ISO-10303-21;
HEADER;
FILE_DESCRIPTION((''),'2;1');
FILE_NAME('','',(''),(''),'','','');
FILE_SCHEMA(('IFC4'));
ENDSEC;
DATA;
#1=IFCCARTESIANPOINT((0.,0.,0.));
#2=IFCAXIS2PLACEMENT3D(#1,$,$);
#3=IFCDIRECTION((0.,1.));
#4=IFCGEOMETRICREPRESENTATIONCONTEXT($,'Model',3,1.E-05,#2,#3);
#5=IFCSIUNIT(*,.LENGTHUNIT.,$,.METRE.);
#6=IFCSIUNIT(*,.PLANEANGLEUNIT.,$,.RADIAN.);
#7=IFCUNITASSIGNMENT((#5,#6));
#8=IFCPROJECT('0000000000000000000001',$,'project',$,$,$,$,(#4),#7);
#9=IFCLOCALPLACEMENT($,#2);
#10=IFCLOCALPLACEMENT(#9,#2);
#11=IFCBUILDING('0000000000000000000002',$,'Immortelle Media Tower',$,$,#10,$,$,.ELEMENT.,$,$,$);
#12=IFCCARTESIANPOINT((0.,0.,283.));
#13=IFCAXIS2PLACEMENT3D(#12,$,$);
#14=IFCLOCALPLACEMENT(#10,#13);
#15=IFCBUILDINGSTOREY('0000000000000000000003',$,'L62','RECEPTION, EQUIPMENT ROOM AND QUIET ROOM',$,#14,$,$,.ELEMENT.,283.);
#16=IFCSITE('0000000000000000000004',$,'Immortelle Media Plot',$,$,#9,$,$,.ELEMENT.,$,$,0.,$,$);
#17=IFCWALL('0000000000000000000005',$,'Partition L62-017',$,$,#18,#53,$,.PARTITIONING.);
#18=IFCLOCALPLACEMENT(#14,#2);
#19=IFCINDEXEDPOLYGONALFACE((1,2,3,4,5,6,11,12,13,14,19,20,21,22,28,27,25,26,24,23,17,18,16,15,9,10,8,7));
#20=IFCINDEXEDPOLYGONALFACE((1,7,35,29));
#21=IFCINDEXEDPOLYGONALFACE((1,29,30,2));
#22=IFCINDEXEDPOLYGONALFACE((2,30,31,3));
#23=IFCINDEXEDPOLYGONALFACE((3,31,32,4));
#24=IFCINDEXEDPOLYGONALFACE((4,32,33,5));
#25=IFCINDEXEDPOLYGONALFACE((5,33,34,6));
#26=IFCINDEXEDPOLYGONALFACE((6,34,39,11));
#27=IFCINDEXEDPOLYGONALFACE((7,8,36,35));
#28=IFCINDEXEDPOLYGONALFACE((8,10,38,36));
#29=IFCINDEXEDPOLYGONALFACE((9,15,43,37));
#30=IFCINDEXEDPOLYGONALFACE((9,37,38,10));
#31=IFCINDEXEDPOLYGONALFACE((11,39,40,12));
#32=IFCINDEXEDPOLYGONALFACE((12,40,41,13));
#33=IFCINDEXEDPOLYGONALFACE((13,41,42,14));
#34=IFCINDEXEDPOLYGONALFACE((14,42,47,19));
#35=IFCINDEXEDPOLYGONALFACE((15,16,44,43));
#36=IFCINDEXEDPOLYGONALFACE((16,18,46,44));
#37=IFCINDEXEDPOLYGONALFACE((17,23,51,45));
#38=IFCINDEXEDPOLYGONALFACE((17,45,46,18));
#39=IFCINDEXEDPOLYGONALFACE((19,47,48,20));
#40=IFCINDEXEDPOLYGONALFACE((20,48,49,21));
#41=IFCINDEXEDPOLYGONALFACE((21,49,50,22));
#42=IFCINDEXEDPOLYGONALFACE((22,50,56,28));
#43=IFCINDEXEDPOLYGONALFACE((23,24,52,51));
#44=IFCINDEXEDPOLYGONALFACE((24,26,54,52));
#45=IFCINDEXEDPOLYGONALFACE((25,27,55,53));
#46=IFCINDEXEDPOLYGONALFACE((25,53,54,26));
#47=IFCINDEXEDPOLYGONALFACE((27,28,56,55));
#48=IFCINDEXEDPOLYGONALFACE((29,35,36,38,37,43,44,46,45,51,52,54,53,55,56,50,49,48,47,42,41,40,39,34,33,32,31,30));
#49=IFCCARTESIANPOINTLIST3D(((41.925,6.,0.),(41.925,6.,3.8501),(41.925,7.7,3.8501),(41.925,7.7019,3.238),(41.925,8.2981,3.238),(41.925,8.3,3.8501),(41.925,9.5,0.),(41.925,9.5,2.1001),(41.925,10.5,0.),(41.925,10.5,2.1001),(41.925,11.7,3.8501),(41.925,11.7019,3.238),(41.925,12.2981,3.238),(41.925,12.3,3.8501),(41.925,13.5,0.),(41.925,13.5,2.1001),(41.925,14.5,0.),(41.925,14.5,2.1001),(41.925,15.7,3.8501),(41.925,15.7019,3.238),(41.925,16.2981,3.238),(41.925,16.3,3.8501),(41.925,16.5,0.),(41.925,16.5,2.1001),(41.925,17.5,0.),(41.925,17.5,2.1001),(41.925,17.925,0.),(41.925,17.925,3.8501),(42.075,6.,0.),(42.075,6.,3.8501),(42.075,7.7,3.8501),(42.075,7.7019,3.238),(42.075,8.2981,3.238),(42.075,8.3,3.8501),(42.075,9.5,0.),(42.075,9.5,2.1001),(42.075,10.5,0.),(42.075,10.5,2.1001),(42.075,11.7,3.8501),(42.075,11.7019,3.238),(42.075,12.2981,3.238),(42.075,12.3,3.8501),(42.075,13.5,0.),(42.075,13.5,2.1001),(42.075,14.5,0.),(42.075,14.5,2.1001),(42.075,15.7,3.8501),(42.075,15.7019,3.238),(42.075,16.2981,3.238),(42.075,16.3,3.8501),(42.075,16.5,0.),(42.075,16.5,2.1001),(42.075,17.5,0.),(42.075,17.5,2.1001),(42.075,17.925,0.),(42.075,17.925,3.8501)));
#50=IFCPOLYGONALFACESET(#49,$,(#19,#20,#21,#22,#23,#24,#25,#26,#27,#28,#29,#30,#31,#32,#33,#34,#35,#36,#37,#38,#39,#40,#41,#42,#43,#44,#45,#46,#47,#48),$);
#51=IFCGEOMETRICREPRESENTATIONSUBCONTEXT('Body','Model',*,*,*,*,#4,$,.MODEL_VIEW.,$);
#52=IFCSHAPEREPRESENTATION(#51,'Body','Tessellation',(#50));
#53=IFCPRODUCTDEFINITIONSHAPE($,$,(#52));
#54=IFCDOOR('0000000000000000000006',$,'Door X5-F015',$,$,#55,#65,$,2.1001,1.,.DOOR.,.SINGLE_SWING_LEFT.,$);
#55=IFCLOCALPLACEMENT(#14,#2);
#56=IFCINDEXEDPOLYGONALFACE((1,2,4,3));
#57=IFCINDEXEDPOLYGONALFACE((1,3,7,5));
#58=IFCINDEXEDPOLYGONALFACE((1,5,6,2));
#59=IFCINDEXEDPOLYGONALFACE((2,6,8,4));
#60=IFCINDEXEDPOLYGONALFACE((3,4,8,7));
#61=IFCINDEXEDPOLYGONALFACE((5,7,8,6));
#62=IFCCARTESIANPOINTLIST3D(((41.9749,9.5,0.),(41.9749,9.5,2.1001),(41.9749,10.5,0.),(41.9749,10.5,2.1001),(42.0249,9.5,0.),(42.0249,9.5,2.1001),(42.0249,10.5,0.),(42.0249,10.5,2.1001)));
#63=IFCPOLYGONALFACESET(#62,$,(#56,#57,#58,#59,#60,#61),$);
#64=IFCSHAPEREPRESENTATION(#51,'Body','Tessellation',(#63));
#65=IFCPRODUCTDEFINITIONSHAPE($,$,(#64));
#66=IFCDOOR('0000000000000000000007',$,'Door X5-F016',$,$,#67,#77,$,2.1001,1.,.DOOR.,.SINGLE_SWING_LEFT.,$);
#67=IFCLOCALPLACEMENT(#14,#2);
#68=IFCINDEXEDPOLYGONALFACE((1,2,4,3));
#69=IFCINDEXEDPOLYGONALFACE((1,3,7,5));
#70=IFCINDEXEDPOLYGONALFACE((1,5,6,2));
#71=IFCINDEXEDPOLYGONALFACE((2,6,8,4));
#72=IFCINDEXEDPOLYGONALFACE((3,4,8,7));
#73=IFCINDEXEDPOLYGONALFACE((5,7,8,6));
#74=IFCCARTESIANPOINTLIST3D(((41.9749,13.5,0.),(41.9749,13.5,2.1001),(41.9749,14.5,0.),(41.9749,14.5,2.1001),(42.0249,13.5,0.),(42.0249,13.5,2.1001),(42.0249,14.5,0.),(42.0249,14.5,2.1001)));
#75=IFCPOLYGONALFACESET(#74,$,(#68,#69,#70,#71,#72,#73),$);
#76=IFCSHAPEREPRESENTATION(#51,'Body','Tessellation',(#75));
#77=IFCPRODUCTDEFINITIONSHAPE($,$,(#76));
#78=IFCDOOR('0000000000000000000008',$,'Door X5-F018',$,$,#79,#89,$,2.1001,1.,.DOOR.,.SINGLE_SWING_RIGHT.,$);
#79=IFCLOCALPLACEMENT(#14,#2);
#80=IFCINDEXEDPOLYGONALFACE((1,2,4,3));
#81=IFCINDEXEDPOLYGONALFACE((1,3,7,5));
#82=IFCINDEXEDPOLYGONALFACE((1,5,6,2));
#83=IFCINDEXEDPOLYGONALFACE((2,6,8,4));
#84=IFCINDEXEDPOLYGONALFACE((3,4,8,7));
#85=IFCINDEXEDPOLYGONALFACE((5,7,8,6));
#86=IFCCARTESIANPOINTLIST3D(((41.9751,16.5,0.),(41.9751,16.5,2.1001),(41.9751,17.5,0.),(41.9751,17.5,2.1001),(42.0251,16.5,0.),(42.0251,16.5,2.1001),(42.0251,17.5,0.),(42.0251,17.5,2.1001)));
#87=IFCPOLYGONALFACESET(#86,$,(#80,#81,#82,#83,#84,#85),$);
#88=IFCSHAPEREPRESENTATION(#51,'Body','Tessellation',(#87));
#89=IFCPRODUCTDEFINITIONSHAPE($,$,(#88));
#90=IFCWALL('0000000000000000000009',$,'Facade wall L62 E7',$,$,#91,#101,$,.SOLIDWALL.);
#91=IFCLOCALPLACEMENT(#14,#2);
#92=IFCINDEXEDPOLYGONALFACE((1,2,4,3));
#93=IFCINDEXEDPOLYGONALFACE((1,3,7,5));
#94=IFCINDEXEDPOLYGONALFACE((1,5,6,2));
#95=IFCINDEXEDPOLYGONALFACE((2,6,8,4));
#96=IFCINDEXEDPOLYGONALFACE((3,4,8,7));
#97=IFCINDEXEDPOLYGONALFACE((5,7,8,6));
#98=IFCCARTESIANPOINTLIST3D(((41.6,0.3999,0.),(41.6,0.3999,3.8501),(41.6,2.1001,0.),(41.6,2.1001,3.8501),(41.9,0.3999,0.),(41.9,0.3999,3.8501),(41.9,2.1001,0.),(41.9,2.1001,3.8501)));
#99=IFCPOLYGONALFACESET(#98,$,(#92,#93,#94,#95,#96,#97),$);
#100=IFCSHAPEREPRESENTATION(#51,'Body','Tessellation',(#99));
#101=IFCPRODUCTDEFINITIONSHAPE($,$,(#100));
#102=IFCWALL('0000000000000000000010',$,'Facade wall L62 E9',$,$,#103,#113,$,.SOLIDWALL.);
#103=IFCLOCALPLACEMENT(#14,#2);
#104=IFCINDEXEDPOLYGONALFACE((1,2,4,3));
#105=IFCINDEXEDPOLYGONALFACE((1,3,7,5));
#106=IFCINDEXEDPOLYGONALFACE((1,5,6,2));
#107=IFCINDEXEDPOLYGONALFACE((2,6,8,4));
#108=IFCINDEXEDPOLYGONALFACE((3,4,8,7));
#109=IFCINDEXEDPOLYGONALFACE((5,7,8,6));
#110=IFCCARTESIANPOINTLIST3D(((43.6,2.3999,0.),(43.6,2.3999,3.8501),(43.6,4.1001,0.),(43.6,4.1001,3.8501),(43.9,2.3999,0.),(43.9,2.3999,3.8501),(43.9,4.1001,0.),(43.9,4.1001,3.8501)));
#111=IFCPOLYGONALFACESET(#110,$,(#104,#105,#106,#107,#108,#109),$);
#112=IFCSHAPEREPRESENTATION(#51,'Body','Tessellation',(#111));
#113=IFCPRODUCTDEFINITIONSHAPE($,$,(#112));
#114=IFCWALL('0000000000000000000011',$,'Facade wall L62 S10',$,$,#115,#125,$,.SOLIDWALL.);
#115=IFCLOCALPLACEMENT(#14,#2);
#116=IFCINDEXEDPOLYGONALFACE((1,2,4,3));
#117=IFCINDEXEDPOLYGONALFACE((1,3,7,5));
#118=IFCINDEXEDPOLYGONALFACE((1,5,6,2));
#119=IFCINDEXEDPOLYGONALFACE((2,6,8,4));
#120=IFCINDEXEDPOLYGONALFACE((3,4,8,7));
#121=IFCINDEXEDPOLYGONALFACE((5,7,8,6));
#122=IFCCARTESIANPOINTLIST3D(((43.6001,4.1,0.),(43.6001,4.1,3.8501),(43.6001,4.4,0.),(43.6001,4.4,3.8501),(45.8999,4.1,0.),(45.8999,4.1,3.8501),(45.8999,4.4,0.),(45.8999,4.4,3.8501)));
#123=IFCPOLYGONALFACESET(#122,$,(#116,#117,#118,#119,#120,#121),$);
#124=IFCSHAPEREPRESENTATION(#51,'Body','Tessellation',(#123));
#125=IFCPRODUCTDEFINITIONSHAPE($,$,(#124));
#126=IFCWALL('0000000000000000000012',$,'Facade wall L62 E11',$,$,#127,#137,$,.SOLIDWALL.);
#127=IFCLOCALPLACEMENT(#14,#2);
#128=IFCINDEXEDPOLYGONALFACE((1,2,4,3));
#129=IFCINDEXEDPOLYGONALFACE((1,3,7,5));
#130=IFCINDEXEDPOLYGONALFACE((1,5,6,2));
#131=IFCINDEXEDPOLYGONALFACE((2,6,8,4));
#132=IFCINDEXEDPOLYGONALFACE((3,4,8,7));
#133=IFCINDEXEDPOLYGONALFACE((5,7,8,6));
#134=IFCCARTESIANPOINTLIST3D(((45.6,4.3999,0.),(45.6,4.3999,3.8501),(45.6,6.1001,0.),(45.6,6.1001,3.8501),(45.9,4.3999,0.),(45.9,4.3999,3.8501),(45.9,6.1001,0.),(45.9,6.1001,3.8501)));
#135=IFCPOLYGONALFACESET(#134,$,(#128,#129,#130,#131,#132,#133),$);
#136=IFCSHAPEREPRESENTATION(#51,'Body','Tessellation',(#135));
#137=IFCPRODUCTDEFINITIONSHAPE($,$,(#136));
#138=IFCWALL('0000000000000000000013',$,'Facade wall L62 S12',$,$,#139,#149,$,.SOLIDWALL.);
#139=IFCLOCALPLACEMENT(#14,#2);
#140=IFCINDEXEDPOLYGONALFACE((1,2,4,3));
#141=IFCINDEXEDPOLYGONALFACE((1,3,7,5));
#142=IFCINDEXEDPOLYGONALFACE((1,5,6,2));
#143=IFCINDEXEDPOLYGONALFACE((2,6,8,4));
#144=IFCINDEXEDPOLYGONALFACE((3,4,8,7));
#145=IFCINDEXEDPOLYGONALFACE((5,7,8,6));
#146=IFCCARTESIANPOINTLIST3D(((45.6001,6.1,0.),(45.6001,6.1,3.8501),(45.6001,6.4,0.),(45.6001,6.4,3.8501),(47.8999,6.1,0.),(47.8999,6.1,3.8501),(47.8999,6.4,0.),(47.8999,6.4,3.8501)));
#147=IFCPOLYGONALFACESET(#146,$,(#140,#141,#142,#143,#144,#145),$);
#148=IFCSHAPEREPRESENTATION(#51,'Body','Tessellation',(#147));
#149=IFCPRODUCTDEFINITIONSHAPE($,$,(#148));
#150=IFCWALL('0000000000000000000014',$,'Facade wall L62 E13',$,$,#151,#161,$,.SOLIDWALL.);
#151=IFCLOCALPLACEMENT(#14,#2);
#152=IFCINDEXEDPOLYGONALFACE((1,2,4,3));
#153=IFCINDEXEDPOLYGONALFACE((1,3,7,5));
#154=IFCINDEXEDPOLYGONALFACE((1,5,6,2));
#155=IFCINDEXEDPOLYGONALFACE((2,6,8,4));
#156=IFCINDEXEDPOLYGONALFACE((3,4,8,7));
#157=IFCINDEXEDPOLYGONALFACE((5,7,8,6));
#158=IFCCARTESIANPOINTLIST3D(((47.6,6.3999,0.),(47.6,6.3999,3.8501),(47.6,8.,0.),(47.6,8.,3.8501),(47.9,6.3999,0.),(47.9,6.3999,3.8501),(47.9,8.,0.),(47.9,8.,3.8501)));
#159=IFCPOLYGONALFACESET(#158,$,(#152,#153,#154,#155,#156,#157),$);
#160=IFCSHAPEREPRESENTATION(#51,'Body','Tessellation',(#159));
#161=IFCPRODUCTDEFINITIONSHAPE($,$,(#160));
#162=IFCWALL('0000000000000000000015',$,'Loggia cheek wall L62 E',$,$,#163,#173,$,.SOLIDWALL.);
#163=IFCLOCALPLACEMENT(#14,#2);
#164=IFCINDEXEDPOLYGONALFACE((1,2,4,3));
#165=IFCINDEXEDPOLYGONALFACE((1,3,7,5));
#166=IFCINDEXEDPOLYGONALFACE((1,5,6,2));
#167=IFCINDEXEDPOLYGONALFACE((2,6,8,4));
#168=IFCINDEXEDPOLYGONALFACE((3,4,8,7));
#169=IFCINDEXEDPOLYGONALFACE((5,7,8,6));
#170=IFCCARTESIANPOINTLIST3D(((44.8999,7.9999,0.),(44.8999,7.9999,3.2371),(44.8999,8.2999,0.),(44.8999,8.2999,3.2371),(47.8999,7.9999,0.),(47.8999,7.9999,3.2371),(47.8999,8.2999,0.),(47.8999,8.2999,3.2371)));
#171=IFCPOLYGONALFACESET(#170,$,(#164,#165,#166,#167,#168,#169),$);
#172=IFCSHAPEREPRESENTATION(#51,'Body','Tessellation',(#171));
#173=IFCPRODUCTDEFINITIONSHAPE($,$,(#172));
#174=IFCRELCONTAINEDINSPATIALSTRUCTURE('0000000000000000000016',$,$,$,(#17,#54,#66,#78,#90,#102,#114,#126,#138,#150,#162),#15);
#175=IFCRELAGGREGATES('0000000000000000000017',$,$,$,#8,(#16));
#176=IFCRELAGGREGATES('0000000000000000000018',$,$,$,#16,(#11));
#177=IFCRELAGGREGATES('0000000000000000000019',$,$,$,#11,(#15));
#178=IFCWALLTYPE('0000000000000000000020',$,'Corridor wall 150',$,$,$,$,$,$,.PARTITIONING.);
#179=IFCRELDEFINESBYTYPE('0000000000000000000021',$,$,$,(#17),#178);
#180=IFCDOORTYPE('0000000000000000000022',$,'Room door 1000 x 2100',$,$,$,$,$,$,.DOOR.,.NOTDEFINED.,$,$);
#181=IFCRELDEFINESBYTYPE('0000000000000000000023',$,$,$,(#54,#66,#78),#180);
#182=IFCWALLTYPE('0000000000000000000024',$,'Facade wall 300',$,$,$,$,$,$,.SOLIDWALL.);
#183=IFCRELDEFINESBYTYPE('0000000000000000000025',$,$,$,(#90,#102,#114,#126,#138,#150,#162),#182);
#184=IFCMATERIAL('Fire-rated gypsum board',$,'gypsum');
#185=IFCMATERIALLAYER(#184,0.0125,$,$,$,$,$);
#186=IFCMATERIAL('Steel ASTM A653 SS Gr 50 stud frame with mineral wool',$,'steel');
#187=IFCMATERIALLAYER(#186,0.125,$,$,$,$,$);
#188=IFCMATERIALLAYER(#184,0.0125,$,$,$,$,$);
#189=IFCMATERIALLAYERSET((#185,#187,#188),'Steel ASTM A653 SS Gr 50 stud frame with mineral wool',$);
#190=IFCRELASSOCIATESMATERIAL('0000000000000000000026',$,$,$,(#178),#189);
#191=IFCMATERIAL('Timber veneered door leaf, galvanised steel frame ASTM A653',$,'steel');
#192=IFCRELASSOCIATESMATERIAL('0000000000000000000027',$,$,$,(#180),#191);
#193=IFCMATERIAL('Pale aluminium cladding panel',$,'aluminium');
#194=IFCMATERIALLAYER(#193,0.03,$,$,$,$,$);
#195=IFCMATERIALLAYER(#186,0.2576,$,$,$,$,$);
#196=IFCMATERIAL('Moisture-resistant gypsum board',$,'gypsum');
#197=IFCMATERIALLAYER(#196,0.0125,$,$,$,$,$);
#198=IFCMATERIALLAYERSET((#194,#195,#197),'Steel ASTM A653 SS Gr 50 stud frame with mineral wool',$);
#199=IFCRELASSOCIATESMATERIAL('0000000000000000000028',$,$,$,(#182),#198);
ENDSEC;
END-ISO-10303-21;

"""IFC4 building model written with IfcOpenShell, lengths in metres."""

from ifc_helpers import new_model, si_unit, direction, frame, frame_2d, origin, place, context, subcontext, project, spatial, polyline, rectangle, outline, extrude, material, layer, layer_set, type_object, element, fill, save


model = new_model("IFC4")

# Units and contexts
model_context = context("Model", 3, precision=1e-05, world=origin(), true_north=direction((0.0, 1.0)))
body_context = subcontext(model_context, "Body", "Model", "MODEL_VIEW")
ifc_project = project(units=[si_unit("LENGTHUNIT", "METRE"), si_unit("PLANEANGLEUNIT", "RADIAN")], contexts=[model_context])

# Site, building, storey
site_placement = place(None, origin())
site = spatial("IfcSite", under=ifc_project, at=site_placement, Name="Immortelle Media Plot", CompositionType="ELEMENT", RefElevation=0.0)
building_placement = place(site_placement, origin())
building = spatial("IfcBuilding", under=site, at=building_placement, Name="Immortelle Media Tower", CompositionType="ELEMENT")
storey_placement = place(building_placement, frame((0.0, 0.0, 283.0)))
storey = spatial("IfcBuildingStorey", under=building, at=storey_placement, Name="L62", Description="RECEPTION, EQUIPMENT ROOM AND QUIET ROOM", CompositionType="ELEMENT", Elevation=283.0)

# Wall, openings, doors
ifc_material_1 = material(Name="Fire-rated gypsum board", Category="gypsum")
ifc_layer_1 = layer(ifc_material_1, 0.0125)
ifc_material_2 = material(Name="Steel ASTM A653 SS Gr 50 stud frame with mineral wool", Category="steel")
ifc_layer_2 = layer(ifc_material_2, 0.125)
ifc_layer_3 = layer(ifc_material_1, 0.0125)
ifc_layer_set_1 = layer_set([ifc_layer_1, ifc_layer_2, ifc_layer_3], Name="Steel ASTM A653 SS Gr 50 stud frame with mineral wool")
wall_type_1 = type_object("IfcWallType", Name="Corridor wall 150", PredefinedType="PARTITIONING", material=ifc_layer_set_1)
wall_1_placement = place(storey_placement, frame((42.0, 6.0, 0.0), z_axis=(0.0, 0.0, 1.0), x_axis=(0.0, 1.0, 0.0)))
wall_1 = element("IfcWall", 1, at=wall_1_placement, inside=storey, type_object=wall_type_1, Name="Partition L62-017", PredefinedType="PARTITIONING", context=body_context, shape_type="SweptSolid", body=[
    extrude(outline(polyline([(0.0, 0.0), (11.925, 0.0), (11.925, 3.8501), (10.3, 3.8501), (10.2981, 3.238), (9.7019, 3.238), (9.7, 3.8501), (6.3, 3.8501), (6.2981, 3.238), (5.7019, 3.238), (5.7, 3.8501), (2.3, 3.8501), (2.2981, 3.238), (1.7019, 3.238), (1.7, 3.8501), (0.0, 3.8501), (0.0, 0.0)])), frame((0.0, 0.075, 0.0), z_axis=(0.0, -1.0, 0.0), x_axis=(1.0, 0.0, 0.0)), (0.0, 0.0, 1.0), 0.1499),
])
opening_1_placement = place(wall_1_placement, frame((4.5, 0.0, 0.0), z_axis=(0.0, 0.0, 1.0), x_axis=(-1.0, 0.0, 0.0)))
opening_1 = element("IfcOpeningElement", 2, at=opening_1_placement, cuts=wall_1, PredefinedType="OPENING", context=body_context, shape_type="SweptSolid", body=[
    extrude(rectangle(XDim=1.0, YDim=2.1001, at=frame_2d((0.5, 1.05))), frame((0.0, 0.085, 0.0), z_axis=(0.0, -1.0, 0.0), x_axis=(1.0, 0.0, 0.0)), (0.0, 0.0, 1.0), 0.1699),
])
opening_2_placement = place(wall_1_placement, frame((8.5, 0.0, 0.0), z_axis=(0.0, 0.0, 1.0), x_axis=(-1.0, 0.0, 0.0)))
opening_2 = element("IfcOpeningElement", 3, at=opening_2_placement, cuts=wall_1, PredefinedType="OPENING", context=body_context, shape_type="SweptSolid", body=[
    extrude(rectangle(XDim=1.0, YDim=2.1001, at=frame_2d((0.5, 1.05))), frame((0.0, 0.085, 0.0), z_axis=(0.0, -1.0, 0.0), x_axis=(1.0, 0.0, 0.0)), (0.0, 0.0, 1.0), 0.1699),
])
opening_3_placement = place(wall_1_placement, frame((10.5, 0.0, 0.0)))
opening_3 = element("IfcOpeningElement", 4, at=opening_3_placement, cuts=wall_1, PredefinedType="OPENING", context=body_context, shape_type="SweptSolid", body=[
    extrude(rectangle(XDim=1.0, YDim=2.1001, at=frame_2d((0.5, 1.05))), frame((0.0, 0.085, 0.0), z_axis=(0.0, -1.0, 0.0), x_axis=(1.0, 0.0, 0.0)), (0.0, 0.0, 1.0), 0.1699),
])
ifc_material_3 = material(Name="Timber veneered door leaf, galvanised steel frame ASTM A653", Category="steel")
door_type_1 = type_object("IfcDoorType", Name="Room door 1000 x 2100", OperationType="NOTDEFINED", PredefinedType="DOOR", material=ifc_material_3)
door_1_placement = place(opening_1_placement, origin())
door_1 = element("IfcDoor", 5, at=door_1_placement, inside=storey, type_object=door_type_1, Name="Door X5-F015", OperationType="SINGLE_SWING_LEFT", OverallHeight=2.1001, OverallWidth=1.0, PredefinedType="DOOR", context=body_context, shape_type="SweptSolid", body=[
    extrude(rectangle(XDim=1.0, YDim=2.1001, at=frame_2d((0.5, 1.05))), frame((0.0, 0.0249, 0.0), z_axis=(0.0, -1.0, 0.0), x_axis=(1.0, 0.0, 0.0)), (0.0, 0.0, 1.0), 0.05),
])
fill(opening_1, door_1)
door_2_placement = place(opening_2_placement, origin())
door_2 = element("IfcDoor", 6, at=door_2_placement, inside=storey, type_object=door_type_1, Name="Door X5-F016", OperationType="SINGLE_SWING_LEFT", OverallHeight=2.1001, OverallWidth=1.0, PredefinedType="DOOR", context=body_context, shape_type="SweptSolid", body=[
    extrude(rectangle(XDim=1.0, YDim=2.1001, at=frame_2d((0.5, 1.05))), frame((0.0, 0.0249, 0.0), z_axis=(0.0, -1.0, 0.0), x_axis=(1.0, 0.0, 0.0)), (0.0, 0.0, 1.0), 0.05),
])
fill(opening_2, door_2)
door_3_placement = place(opening_3_placement, origin())
door_3 = element("IfcDoor", 7, at=door_3_placement, inside=storey, type_object=door_type_1, Name="Door X5-F018", OperationType="SINGLE_SWING_RIGHT", OverallHeight=2.1001, OverallWidth=1.0, PredefinedType="DOOR", context=body_context, shape_type="SweptSolid", body=[
    extrude(rectangle(XDim=1.0, YDim=2.1001, at=frame_2d((0.5, 1.05))), frame((0.0, 0.0249, 0.0), z_axis=(0.0, -1.0, 0.0), x_axis=(1.0, 0.0, 0.0)), (0.0, 0.0, 1.0), 0.05),
])
fill(opening_3, door_3)

# Walls
ifc_material_4 = material(Name="Pale aluminium cladding panel", Category="aluminium")
ifc_layer_4 = layer(ifc_material_4, 0.03)
ifc_layer_5 = layer(ifc_material_2, 0.2576)
ifc_material_5 = material(Name="Moisture-resistant gypsum board", Category="gypsum")
ifc_layer_6 = layer(ifc_material_5, 0.0125)
ifc_layer_set_2 = layer_set([ifc_layer_4, ifc_layer_5, ifc_layer_6], Name="Steel ASTM A653 SS Gr 50 stud frame with mineral wool")
wall_type_2 = type_object("IfcWallType", Name="Facade wall 300", PredefinedType="SOLIDWALL", material=ifc_layer_set_2)
for number, where, z_axis, x_axis, name in (
    (8, (41.75, 0.3999, 0.0), (0.0, 0.0, 1.0), (0.0, 1.0, 0.0), "Facade wall L62 E7"),
    (9, (43.75, 2.3999, 0.0), (0.0, 0.0, 1.0), (0.0, 1.0, 0.0), "Facade wall L62 E9"),
):
    element("IfcWall", number, at=place(storey_placement, frame(where, z_axis=z_axis, x_axis=x_axis)), inside=storey, type_object=wall_type_2, Name=name, PredefinedType="SOLIDWALL", context=body_context, shape_type="SweptSolid", body=[
        extrude(rectangle(XDim=1.7002, YDim=0.3, at=frame_2d((0.8501, 0.0))), origin(), (0.0, 0.0, 1.0), 3.8501),
    ])
wall_2_placement = place(storey_placement, frame((43.6001, 4.25, 0.0), z_axis=(0.0, 0.0, 1.0), x_axis=(1.0, 0.0, 0.0)))
element("IfcWall", 10, at=wall_2_placement, inside=storey, type_object=wall_type_2, Name="Facade wall L62 S10", PredefinedType="SOLIDWALL", context=body_context, shape_type="SweptSolid", body=[
    extrude(rectangle(XDim=2.2998, YDim=0.3, at=frame_2d((1.1499, 0.0))), origin(), (0.0, 0.0, 1.0), 3.8501),
])
wall_3_placement = place(storey_placement, frame((45.75, 4.3999, 0.0), z_axis=(0.0, 0.0, 1.0), x_axis=(0.0, 1.0, 0.0)))
element("IfcWall", 11, at=wall_3_placement, inside=storey, type_object=wall_type_2, Name="Facade wall L62 E11", PredefinedType="SOLIDWALL", context=body_context, shape_type="SweptSolid", body=[
    extrude(rectangle(XDim=1.7002, YDim=0.3, at=frame_2d((0.8501, 0.0))), origin(), (0.0, 0.0, 1.0), 3.8501),
])
wall_4_placement = place(storey_placement, frame((45.6001, 6.25, 0.0), z_axis=(0.0, 0.0, 1.0), x_axis=(1.0, 0.0, 0.0)))
element("IfcWall", 12, at=wall_4_placement, inside=storey, type_object=wall_type_2, Name="Facade wall L62 S12", PredefinedType="SOLIDWALL", context=body_context, shape_type="SweptSolid", body=[
    extrude(rectangle(XDim=2.2998, YDim=0.3, at=frame_2d((1.1499, 0.0))), origin(), (0.0, 0.0, 1.0), 3.8501),
])
wall_5_placement = place(storey_placement, frame((47.75, 6.3999, 0.0), z_axis=(0.0, 0.0, 1.0), x_axis=(0.0, 1.0, 0.0)))
element("IfcWall", 13, at=wall_5_placement, inside=storey, type_object=wall_type_2, Name="Facade wall L62 E13", PredefinedType="SOLIDWALL", context=body_context, shape_type="SweptSolid", body=[
    extrude(rectangle(XDim=1.6001, YDim=0.3, at=frame_2d((0.8, 0.0))), origin(), (0.0, 0.0, 1.0), 3.8501),
])

# Wall
wall_6_placement = place(storey_placement, frame((47.8999, 8.1499, 0.0), z_axis=(0.0, 0.0, 1.0), x_axis=(-1.0, 0.0, 0.0)))
element("IfcWall", 14, at=wall_6_placement, inside=storey, type_object=wall_type_2, Name="Loggia cheek wall L62 E", PredefinedType="SOLIDWALL", context=body_context, shape_type="SweptSolid", body=[
    extrude(rectangle(XDim=3.0, YDim=0.3, at=frame_2d((1.5, 0.0))), origin(), (0.0, 0.0, 1.0), 3.2371),
])

save(model, "model.ifc")
